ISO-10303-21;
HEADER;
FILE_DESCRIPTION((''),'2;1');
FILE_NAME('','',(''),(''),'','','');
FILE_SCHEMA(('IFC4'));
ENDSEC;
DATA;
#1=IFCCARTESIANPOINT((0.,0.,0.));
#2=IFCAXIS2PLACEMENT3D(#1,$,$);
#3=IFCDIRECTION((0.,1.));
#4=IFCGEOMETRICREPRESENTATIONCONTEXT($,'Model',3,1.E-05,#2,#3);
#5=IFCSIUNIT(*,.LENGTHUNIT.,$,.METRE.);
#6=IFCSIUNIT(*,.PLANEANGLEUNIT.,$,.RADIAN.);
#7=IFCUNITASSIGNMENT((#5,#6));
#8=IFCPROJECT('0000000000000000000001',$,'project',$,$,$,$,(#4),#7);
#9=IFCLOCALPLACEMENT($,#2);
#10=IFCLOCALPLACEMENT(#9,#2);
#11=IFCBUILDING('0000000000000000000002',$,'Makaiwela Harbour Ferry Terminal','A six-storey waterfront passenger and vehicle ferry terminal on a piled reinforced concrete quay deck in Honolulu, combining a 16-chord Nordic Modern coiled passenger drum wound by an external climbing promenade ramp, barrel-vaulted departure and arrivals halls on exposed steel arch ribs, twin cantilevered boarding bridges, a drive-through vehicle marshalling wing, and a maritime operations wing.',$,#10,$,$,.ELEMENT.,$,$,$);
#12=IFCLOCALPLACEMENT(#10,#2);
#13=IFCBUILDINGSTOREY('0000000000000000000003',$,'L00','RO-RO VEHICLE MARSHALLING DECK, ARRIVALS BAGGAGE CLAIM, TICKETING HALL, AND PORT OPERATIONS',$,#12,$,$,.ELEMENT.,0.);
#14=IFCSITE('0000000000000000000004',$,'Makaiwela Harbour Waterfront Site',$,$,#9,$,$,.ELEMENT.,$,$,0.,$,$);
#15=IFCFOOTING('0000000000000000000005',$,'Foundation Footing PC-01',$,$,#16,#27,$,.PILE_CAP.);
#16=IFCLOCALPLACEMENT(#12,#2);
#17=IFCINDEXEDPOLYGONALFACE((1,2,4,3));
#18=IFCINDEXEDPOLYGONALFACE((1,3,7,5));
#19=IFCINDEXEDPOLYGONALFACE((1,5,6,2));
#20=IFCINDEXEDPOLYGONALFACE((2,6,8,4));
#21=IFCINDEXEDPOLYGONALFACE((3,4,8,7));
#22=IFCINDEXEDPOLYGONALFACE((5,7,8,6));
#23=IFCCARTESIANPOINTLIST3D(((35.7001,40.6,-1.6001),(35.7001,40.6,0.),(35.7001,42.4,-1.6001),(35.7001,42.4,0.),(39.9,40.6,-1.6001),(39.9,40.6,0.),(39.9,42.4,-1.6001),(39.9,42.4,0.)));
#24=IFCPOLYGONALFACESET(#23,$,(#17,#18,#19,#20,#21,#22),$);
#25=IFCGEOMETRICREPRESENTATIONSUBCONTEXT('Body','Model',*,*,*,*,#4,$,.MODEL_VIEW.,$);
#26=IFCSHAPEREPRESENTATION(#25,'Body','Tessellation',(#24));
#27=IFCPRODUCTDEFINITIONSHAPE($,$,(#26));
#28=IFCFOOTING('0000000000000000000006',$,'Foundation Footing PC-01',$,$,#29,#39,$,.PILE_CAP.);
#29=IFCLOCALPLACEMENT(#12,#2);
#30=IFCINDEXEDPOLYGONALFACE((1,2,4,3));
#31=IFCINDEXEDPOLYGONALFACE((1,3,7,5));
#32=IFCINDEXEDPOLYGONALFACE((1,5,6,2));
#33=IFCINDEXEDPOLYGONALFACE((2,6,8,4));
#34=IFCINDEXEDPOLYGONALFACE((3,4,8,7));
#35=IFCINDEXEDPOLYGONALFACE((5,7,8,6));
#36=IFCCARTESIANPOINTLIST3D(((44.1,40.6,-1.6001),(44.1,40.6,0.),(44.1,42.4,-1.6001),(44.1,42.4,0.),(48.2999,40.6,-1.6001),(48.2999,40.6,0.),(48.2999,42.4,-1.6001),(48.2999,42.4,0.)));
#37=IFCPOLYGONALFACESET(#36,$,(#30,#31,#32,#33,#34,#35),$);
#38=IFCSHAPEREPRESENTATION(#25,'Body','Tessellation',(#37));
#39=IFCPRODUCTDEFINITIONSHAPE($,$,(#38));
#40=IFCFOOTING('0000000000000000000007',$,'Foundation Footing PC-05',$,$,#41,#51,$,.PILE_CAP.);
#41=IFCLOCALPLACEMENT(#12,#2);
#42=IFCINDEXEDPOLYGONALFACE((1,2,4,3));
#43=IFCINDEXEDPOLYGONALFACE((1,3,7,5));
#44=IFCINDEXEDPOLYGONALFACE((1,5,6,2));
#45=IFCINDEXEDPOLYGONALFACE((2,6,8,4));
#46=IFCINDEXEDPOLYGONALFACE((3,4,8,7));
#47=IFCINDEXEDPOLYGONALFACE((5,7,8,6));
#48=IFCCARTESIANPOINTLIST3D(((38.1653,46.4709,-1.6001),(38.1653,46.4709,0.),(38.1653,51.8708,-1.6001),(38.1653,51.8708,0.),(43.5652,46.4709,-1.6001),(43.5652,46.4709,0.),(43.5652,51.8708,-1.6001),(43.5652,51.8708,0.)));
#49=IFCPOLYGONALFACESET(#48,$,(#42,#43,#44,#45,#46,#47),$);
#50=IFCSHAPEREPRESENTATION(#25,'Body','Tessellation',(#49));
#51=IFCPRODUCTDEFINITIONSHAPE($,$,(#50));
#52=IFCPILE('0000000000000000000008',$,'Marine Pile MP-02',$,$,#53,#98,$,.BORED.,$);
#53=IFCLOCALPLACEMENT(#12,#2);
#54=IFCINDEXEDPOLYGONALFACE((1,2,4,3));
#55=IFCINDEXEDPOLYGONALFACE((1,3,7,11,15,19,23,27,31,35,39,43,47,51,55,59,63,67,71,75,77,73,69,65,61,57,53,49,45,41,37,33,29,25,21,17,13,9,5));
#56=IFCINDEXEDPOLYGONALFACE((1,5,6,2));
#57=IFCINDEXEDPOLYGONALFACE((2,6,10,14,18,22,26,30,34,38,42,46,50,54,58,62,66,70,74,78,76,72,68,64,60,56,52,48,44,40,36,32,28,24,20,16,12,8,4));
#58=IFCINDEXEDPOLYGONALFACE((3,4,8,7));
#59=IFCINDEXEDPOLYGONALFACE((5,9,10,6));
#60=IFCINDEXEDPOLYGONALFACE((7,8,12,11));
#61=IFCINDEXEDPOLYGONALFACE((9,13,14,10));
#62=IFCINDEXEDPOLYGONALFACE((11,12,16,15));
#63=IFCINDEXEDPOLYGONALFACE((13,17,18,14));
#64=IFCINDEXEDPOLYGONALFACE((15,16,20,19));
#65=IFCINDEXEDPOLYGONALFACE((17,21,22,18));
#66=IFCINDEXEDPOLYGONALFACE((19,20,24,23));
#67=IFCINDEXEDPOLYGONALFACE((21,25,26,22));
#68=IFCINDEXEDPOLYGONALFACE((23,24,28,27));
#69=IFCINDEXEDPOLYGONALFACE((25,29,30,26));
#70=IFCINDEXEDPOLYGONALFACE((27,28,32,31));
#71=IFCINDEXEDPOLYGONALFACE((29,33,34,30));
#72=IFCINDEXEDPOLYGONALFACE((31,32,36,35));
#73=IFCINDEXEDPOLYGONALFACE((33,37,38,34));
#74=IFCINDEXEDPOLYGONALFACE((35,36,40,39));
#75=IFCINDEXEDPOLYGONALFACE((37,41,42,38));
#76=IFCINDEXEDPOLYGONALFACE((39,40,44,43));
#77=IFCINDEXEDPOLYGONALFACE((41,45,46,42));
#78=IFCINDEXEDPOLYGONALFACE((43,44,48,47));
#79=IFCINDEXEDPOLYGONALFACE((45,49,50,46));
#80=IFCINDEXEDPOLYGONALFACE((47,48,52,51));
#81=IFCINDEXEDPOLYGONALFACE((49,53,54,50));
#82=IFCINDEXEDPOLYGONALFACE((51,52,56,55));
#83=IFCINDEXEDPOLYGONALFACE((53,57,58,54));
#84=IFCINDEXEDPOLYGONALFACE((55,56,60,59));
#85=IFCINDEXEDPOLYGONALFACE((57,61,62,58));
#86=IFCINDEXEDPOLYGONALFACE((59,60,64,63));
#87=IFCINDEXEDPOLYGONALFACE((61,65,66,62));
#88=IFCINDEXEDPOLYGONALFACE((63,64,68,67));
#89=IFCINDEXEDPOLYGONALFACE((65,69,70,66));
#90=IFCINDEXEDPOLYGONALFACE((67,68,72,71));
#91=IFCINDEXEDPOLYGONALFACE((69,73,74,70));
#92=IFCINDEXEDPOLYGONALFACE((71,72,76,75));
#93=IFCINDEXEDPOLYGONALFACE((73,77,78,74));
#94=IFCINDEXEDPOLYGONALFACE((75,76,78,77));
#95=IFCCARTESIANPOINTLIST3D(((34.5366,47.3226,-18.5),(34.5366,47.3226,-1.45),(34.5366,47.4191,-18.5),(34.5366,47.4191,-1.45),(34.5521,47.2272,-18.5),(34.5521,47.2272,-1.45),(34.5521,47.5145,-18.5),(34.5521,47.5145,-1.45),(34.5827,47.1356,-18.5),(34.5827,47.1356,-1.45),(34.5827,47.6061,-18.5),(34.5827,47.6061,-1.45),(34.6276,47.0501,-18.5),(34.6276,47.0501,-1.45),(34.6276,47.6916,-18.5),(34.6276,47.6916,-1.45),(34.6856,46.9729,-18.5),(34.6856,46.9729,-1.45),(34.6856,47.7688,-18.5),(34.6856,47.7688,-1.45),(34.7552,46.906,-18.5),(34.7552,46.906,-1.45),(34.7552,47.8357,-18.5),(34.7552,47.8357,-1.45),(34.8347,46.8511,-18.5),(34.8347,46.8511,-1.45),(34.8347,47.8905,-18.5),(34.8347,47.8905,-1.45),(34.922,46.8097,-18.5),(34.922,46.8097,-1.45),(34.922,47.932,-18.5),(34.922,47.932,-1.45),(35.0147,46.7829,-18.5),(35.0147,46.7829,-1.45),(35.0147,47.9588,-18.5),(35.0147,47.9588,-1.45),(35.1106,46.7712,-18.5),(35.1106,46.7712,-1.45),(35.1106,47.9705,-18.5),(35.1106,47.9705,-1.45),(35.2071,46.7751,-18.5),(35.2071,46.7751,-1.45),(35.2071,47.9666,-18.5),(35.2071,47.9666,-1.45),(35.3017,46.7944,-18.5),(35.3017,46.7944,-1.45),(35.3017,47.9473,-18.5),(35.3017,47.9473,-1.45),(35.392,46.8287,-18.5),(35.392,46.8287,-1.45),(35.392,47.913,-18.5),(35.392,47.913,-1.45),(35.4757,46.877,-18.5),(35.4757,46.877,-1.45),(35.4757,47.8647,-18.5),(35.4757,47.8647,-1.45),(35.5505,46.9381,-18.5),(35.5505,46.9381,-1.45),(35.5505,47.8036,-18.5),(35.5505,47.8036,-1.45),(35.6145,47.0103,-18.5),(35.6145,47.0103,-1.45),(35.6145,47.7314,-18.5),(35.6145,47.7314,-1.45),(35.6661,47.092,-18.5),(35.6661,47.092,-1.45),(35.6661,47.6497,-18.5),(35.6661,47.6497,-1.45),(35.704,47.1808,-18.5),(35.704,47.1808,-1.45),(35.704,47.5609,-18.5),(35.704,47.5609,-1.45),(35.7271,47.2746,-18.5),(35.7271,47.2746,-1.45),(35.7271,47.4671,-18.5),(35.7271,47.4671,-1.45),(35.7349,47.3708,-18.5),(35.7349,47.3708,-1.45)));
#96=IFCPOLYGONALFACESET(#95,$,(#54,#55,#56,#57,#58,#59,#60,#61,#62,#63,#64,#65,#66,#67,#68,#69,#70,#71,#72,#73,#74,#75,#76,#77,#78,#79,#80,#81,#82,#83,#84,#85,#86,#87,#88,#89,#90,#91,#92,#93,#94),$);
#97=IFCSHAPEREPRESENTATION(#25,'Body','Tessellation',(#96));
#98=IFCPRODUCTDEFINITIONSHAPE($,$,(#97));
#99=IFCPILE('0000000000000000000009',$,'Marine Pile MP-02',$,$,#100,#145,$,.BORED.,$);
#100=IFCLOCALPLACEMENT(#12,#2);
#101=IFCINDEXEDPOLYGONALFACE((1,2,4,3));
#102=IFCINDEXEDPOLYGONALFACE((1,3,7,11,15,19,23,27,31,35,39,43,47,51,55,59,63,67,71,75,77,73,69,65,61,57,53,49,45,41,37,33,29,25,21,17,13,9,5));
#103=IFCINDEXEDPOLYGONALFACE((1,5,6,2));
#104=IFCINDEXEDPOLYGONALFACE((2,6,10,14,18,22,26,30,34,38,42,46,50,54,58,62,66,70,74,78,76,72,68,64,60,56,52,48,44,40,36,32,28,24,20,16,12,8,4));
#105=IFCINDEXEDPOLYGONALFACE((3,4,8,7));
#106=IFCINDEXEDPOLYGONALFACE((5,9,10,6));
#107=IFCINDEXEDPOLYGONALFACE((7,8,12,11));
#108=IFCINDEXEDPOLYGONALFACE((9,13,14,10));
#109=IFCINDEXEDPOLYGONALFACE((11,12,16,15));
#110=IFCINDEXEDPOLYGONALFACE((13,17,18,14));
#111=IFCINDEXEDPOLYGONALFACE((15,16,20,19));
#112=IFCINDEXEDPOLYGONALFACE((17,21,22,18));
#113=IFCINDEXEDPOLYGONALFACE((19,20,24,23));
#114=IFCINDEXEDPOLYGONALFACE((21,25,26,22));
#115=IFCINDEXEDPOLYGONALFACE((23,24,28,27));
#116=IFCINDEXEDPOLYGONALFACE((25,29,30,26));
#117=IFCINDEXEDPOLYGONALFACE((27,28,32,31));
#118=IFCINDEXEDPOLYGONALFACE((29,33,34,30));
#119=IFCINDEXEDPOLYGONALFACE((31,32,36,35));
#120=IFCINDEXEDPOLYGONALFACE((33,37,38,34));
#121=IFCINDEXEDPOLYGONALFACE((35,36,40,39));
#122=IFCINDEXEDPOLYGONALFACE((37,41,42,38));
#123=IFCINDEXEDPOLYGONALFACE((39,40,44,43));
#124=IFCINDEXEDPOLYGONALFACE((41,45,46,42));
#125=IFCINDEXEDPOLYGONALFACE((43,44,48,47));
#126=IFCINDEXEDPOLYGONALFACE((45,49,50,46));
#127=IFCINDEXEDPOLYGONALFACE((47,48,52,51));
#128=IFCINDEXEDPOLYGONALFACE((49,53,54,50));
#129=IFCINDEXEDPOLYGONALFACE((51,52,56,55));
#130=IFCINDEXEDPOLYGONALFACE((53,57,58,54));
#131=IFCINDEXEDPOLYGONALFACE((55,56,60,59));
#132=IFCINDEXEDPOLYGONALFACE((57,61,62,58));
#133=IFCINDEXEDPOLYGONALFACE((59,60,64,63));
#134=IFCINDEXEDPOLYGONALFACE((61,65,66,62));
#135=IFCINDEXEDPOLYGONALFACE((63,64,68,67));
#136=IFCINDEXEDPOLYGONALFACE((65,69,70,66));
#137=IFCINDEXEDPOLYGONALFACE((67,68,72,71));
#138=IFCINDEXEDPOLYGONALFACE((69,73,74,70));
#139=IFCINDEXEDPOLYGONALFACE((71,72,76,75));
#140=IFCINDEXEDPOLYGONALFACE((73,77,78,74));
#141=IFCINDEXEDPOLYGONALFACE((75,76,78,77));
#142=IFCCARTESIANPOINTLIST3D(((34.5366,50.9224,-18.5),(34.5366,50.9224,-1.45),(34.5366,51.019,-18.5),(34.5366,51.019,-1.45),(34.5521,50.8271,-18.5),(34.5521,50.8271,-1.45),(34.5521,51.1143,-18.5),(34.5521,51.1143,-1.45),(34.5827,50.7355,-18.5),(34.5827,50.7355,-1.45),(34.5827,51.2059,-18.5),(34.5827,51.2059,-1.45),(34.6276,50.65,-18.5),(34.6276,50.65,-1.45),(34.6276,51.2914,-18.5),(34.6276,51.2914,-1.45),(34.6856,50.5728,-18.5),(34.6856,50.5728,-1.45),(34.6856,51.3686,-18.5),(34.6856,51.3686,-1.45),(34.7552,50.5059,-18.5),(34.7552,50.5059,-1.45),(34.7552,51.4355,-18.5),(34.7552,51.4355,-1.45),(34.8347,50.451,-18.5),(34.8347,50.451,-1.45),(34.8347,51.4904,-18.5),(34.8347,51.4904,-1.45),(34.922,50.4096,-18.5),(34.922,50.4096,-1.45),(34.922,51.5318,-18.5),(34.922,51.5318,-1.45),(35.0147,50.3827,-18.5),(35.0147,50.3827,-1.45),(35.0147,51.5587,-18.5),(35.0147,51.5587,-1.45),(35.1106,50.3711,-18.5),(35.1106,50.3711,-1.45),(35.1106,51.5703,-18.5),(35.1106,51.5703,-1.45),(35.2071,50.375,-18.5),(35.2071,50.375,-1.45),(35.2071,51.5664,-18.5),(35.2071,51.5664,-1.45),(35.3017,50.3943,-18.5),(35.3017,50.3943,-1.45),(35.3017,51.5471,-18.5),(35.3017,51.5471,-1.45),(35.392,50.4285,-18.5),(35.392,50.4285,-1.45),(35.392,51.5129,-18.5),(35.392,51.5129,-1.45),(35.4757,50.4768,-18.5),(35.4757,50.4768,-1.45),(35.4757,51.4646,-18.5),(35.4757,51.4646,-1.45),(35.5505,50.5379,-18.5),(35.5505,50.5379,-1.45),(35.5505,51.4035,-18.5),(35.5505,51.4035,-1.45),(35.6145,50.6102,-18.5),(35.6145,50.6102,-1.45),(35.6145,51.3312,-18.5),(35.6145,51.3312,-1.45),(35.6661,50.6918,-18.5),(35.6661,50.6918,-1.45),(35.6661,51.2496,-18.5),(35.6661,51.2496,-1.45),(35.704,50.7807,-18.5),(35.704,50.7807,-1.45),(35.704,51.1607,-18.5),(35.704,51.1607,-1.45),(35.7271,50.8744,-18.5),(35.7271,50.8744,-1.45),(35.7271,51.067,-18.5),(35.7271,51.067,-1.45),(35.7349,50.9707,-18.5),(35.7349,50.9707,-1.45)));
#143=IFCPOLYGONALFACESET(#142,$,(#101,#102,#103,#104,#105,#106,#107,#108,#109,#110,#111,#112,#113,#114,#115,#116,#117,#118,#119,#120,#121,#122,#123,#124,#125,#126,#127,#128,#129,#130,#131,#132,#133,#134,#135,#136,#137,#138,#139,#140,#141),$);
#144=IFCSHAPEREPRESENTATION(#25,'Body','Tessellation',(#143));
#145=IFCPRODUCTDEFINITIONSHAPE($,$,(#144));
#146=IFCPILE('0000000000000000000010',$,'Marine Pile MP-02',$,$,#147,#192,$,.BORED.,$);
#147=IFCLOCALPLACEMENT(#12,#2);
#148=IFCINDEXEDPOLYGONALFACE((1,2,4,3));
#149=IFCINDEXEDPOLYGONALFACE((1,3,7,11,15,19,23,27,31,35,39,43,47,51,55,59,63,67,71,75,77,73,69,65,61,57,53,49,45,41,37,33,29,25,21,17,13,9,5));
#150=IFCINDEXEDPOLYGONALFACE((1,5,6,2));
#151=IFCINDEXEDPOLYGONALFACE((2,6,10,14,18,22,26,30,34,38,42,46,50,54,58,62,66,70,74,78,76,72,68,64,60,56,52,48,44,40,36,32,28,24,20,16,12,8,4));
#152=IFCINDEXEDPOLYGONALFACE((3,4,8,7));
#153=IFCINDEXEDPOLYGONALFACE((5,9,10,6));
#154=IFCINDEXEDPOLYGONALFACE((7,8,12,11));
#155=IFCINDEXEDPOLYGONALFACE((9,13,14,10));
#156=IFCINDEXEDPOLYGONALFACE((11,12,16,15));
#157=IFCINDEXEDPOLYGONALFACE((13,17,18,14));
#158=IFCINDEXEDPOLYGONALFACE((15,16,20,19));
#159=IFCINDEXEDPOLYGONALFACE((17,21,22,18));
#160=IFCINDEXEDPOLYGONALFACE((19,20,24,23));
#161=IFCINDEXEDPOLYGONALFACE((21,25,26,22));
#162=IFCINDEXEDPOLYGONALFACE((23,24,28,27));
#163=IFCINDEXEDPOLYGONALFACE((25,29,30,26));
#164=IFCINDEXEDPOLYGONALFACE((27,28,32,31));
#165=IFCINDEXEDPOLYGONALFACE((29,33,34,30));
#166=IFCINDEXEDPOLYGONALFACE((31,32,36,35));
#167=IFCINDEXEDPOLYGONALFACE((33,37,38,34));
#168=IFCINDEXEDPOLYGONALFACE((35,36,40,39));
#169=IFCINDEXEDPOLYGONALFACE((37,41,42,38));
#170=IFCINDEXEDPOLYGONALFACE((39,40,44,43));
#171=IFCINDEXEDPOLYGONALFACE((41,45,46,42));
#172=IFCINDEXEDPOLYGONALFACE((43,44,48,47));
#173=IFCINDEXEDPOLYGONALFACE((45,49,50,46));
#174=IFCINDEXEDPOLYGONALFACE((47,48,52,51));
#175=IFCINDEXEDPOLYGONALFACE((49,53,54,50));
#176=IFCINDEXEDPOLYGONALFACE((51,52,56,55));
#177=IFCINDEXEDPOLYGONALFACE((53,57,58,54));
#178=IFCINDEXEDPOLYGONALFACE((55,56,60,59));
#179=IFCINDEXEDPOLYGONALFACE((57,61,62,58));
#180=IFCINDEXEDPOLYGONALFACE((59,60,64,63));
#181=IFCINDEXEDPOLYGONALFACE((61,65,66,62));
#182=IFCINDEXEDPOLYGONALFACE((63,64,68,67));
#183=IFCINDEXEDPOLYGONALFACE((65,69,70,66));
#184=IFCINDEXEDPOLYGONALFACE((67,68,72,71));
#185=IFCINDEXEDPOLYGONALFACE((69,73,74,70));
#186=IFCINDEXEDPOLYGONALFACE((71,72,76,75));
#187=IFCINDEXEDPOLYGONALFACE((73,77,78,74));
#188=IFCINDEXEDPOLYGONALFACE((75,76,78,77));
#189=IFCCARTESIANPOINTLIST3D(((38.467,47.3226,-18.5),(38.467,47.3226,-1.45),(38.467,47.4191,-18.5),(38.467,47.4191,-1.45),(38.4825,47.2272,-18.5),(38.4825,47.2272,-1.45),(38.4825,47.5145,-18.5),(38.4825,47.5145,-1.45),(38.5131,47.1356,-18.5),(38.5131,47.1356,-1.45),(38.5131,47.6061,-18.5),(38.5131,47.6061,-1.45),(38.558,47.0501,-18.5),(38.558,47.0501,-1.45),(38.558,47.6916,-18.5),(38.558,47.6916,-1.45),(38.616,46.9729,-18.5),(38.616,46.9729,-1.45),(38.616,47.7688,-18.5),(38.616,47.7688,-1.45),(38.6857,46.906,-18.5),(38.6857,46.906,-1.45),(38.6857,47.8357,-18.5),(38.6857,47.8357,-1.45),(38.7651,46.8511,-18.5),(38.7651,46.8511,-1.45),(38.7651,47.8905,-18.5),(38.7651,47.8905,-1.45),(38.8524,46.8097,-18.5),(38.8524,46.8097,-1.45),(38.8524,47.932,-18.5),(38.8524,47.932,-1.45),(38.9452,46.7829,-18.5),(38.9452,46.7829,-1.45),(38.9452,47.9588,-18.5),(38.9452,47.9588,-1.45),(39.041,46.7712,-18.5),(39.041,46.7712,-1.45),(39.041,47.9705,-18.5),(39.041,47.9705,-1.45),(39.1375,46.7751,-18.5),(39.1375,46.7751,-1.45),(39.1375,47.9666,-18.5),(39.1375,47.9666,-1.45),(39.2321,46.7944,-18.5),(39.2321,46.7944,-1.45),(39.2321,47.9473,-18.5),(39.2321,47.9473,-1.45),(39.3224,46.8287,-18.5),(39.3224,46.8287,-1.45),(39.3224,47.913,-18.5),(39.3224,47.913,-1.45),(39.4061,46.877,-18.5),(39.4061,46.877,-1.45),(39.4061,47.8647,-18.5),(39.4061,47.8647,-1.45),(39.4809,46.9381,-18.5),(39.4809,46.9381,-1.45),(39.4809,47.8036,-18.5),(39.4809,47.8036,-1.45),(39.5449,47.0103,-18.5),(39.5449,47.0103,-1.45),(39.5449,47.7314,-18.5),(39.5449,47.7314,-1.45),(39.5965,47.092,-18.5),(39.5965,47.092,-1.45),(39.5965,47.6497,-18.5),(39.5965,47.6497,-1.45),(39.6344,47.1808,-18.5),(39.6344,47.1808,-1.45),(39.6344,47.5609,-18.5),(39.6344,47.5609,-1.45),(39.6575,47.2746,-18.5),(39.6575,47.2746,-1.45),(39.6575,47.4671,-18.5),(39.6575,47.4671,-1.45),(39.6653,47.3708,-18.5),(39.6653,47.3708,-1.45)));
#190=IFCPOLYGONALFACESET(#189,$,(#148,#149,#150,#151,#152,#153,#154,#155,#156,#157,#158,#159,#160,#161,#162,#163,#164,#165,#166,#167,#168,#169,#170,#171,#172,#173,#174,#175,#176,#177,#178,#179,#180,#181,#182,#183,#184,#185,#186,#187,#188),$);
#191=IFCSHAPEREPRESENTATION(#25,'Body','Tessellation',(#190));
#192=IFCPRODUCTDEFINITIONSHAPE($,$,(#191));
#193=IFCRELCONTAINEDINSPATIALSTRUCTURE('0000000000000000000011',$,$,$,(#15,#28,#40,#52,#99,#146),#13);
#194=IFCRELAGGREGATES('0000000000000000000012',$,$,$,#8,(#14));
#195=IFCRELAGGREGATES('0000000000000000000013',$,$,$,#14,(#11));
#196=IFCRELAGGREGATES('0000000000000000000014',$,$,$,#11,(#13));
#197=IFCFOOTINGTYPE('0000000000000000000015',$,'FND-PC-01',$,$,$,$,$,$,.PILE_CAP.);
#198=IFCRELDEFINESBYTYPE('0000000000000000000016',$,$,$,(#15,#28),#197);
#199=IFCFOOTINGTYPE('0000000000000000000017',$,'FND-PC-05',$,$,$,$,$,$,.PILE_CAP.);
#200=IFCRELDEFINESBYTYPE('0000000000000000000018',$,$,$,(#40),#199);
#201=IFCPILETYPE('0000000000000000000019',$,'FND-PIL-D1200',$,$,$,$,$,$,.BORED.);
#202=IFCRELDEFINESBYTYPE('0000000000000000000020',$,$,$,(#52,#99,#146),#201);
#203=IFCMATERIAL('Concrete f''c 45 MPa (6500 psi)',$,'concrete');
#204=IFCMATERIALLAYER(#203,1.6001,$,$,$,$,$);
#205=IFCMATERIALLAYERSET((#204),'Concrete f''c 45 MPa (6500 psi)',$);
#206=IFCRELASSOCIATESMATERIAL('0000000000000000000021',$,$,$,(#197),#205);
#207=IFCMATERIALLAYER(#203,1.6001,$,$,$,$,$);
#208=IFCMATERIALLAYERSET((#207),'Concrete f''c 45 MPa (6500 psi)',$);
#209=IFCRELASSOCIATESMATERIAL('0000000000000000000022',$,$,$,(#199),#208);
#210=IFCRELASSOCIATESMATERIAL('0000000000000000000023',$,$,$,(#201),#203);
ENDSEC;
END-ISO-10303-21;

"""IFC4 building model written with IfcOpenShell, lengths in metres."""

from ifc_helpers import new_model, si_unit, direction, frame, origin, origin_2d, place, context, subcontext, project, spatial, rectangle, circle, extrude, material, layer, layer_set, material_profile, profile_set, type_object, element, save


model = new_model("IFC4")

# Units and contexts
model_context = context("Model", 3, precision=1e-05, world=origin(), true_north=direction((0.0, 1.0)))
body_context = subcontext(model_context, "Body", "Model", "MODEL_VIEW")
ifc_project = project(units=[si_unit("LENGTHUNIT", "METRE"), si_unit("PLANEANGLEUNIT", "RADIAN")], contexts=[model_context])

# Site, building, storey
site_placement = place(None, origin())
site = spatial("IfcSite", under=ifc_project, at=site_placement, Name="Makaiwela Harbour Waterfront Site", CompositionType="ELEMENT", RefElevation=0.0)
building_placement = place(site_placement, origin())
building = spatial("IfcBuilding", under=site, at=building_placement, Name="Makaiwela Harbour Ferry Terminal", Description="A six-storey waterfront passenger and vehicle ferry terminal on a piled reinforced concrete quay deck in Honolulu, combining a 16-chord Nordic Modern coiled passenger drum wound by an external climbing promenade ramp, barrel-vaulted departure and arrivals halls on exposed steel arch ribs, twin cantilevered boarding bridges, a drive-through vehicle marshalling wing, and a maritime operations wing.", CompositionType="ELEMENT")
storey_placement = place(building_placement, origin())
storey = spatial("IfcBuildingStorey", under=building, at=storey_placement, Name="L00", Description="RO-RO VEHICLE MARSHALLING DECK, ARRIVALS BAGGAGE CLAIM, TICKETING HALL, AND PORT OPERATIONS", CompositionType="ELEMENT", Elevation=0.0)

# Footings
ifc_material_1 = material(Name="Concrete f'c 45 MPa (6500 psi)", Category="concrete")
ifc_layer_1 = layer(ifc_material_1, 1.6001)
ifc_layer_set_1 = layer_set([ifc_layer_1], Name="Concrete f'c 45 MPa (6500 psi)")
footing_type_1 = type_object("IfcFootingType", Name="FND-PC-01", PredefinedType="PILE_CAP", material=ifc_layer_set_1)
for number, where, z_axis, x_axis, name in (
    (1, (37.8, 41.5, -1.6001), (0.0, 0.0, 1.0), (1.0, 0.0, 0.0), "Foundation Footing PC-01"),
    (2, (46.2, 41.5, -1.6001), (0.0, 0.0, 1.0), (1.0, 0.0, 0.0), "Foundation Footing PC-01"),
):
    element("IfcFooting", number, at=place(storey_placement, frame(where, z_axis=z_axis, x_axis=x_axis)), inside=storey, type_object=footing_type_1, Name=name, PredefinedType="PILE_CAP", context=body_context, shape_type="SweptSolid", body=[
        extrude(rectangle(XDim=4.2, YDim=1.8, at=origin_2d()), origin(), (0.0, 0.0, 1.0), 1.6001),
    ])
ifc_layer_2 = layer(ifc_material_1, 1.6001)
ifc_layer_set_2 = layer_set([ifc_layer_2], Name="Concrete f'c 45 MPa (6500 psi)")
footing_type_2 = type_object("IfcFootingType", Name="FND-PC-05", PredefinedType="PILE_CAP", material=ifc_layer_set_2)
footing_1_placement = place(storey_placement, frame((40.8652, 49.1709, -1.6001), z_axis=(0.0, 0.0, 1.0), x_axis=(1.0, 0.0, 0.0)))
element("IfcFooting", 3, at=footing_1_placement, inside=storey, type_object=footing_type_2, Name="Foundation Footing PC-05", PredefinedType="PILE_CAP", context=body_context, shape_type="SweptSolid", body=[
    extrude(rectangle(XDim=5.3999, YDim=5.3999, at=origin_2d()), origin(), (0.0, 0.0, 1.0), 1.6001),
])

# Piles
ifc_material_profile_1 = material_profile(ifc_material_1, circle(Radius=0.6001, at=origin_2d()), Name="PILE-D1200")
ifc_profile_set_1 = profile_set([ifc_material_profile_1], Name="Concrete f'c 45 MPa (6500 psi)")
pile_type_1 = type_object("IfcPileType", Name="FND-PIL-D1200", PredefinedType="BORED", material=ifc_profile_set_1)
for number, where, z_axis, x_axis, name in (
    (4, (35.1348, 47.3708, -1.45), (0.0, 0.0, -1.0), (1.0, 0.0, 0.0), "Marine Pile MP-02"),
    (5, (35.1348, 50.9707, -1.45), (0.0, 0.0, -1.0), (1.0, 0.0, 0.0), "Marine Pile MP-02"),
    (6, (39.0652, 47.3708, -1.45), (0.0, 0.0, -1.0), (1.0, 0.0, 0.0), "Marine Pile MP-02"),
):
    element("IfcPile", number, at=place(storey_placement, frame(where, z_axis=z_axis, x_axis=x_axis)), inside=storey, type_object=pile_type_1, Name=name, PredefinedType="BORED", context=body_context, shape_type="SweptSolid", body=[
        extrude(circle(Radius=0.6001, at=origin_2d()), origin(), (0.0, 0.0, 1.0), 17.05),
    ])

save(model, "model.ifc")
